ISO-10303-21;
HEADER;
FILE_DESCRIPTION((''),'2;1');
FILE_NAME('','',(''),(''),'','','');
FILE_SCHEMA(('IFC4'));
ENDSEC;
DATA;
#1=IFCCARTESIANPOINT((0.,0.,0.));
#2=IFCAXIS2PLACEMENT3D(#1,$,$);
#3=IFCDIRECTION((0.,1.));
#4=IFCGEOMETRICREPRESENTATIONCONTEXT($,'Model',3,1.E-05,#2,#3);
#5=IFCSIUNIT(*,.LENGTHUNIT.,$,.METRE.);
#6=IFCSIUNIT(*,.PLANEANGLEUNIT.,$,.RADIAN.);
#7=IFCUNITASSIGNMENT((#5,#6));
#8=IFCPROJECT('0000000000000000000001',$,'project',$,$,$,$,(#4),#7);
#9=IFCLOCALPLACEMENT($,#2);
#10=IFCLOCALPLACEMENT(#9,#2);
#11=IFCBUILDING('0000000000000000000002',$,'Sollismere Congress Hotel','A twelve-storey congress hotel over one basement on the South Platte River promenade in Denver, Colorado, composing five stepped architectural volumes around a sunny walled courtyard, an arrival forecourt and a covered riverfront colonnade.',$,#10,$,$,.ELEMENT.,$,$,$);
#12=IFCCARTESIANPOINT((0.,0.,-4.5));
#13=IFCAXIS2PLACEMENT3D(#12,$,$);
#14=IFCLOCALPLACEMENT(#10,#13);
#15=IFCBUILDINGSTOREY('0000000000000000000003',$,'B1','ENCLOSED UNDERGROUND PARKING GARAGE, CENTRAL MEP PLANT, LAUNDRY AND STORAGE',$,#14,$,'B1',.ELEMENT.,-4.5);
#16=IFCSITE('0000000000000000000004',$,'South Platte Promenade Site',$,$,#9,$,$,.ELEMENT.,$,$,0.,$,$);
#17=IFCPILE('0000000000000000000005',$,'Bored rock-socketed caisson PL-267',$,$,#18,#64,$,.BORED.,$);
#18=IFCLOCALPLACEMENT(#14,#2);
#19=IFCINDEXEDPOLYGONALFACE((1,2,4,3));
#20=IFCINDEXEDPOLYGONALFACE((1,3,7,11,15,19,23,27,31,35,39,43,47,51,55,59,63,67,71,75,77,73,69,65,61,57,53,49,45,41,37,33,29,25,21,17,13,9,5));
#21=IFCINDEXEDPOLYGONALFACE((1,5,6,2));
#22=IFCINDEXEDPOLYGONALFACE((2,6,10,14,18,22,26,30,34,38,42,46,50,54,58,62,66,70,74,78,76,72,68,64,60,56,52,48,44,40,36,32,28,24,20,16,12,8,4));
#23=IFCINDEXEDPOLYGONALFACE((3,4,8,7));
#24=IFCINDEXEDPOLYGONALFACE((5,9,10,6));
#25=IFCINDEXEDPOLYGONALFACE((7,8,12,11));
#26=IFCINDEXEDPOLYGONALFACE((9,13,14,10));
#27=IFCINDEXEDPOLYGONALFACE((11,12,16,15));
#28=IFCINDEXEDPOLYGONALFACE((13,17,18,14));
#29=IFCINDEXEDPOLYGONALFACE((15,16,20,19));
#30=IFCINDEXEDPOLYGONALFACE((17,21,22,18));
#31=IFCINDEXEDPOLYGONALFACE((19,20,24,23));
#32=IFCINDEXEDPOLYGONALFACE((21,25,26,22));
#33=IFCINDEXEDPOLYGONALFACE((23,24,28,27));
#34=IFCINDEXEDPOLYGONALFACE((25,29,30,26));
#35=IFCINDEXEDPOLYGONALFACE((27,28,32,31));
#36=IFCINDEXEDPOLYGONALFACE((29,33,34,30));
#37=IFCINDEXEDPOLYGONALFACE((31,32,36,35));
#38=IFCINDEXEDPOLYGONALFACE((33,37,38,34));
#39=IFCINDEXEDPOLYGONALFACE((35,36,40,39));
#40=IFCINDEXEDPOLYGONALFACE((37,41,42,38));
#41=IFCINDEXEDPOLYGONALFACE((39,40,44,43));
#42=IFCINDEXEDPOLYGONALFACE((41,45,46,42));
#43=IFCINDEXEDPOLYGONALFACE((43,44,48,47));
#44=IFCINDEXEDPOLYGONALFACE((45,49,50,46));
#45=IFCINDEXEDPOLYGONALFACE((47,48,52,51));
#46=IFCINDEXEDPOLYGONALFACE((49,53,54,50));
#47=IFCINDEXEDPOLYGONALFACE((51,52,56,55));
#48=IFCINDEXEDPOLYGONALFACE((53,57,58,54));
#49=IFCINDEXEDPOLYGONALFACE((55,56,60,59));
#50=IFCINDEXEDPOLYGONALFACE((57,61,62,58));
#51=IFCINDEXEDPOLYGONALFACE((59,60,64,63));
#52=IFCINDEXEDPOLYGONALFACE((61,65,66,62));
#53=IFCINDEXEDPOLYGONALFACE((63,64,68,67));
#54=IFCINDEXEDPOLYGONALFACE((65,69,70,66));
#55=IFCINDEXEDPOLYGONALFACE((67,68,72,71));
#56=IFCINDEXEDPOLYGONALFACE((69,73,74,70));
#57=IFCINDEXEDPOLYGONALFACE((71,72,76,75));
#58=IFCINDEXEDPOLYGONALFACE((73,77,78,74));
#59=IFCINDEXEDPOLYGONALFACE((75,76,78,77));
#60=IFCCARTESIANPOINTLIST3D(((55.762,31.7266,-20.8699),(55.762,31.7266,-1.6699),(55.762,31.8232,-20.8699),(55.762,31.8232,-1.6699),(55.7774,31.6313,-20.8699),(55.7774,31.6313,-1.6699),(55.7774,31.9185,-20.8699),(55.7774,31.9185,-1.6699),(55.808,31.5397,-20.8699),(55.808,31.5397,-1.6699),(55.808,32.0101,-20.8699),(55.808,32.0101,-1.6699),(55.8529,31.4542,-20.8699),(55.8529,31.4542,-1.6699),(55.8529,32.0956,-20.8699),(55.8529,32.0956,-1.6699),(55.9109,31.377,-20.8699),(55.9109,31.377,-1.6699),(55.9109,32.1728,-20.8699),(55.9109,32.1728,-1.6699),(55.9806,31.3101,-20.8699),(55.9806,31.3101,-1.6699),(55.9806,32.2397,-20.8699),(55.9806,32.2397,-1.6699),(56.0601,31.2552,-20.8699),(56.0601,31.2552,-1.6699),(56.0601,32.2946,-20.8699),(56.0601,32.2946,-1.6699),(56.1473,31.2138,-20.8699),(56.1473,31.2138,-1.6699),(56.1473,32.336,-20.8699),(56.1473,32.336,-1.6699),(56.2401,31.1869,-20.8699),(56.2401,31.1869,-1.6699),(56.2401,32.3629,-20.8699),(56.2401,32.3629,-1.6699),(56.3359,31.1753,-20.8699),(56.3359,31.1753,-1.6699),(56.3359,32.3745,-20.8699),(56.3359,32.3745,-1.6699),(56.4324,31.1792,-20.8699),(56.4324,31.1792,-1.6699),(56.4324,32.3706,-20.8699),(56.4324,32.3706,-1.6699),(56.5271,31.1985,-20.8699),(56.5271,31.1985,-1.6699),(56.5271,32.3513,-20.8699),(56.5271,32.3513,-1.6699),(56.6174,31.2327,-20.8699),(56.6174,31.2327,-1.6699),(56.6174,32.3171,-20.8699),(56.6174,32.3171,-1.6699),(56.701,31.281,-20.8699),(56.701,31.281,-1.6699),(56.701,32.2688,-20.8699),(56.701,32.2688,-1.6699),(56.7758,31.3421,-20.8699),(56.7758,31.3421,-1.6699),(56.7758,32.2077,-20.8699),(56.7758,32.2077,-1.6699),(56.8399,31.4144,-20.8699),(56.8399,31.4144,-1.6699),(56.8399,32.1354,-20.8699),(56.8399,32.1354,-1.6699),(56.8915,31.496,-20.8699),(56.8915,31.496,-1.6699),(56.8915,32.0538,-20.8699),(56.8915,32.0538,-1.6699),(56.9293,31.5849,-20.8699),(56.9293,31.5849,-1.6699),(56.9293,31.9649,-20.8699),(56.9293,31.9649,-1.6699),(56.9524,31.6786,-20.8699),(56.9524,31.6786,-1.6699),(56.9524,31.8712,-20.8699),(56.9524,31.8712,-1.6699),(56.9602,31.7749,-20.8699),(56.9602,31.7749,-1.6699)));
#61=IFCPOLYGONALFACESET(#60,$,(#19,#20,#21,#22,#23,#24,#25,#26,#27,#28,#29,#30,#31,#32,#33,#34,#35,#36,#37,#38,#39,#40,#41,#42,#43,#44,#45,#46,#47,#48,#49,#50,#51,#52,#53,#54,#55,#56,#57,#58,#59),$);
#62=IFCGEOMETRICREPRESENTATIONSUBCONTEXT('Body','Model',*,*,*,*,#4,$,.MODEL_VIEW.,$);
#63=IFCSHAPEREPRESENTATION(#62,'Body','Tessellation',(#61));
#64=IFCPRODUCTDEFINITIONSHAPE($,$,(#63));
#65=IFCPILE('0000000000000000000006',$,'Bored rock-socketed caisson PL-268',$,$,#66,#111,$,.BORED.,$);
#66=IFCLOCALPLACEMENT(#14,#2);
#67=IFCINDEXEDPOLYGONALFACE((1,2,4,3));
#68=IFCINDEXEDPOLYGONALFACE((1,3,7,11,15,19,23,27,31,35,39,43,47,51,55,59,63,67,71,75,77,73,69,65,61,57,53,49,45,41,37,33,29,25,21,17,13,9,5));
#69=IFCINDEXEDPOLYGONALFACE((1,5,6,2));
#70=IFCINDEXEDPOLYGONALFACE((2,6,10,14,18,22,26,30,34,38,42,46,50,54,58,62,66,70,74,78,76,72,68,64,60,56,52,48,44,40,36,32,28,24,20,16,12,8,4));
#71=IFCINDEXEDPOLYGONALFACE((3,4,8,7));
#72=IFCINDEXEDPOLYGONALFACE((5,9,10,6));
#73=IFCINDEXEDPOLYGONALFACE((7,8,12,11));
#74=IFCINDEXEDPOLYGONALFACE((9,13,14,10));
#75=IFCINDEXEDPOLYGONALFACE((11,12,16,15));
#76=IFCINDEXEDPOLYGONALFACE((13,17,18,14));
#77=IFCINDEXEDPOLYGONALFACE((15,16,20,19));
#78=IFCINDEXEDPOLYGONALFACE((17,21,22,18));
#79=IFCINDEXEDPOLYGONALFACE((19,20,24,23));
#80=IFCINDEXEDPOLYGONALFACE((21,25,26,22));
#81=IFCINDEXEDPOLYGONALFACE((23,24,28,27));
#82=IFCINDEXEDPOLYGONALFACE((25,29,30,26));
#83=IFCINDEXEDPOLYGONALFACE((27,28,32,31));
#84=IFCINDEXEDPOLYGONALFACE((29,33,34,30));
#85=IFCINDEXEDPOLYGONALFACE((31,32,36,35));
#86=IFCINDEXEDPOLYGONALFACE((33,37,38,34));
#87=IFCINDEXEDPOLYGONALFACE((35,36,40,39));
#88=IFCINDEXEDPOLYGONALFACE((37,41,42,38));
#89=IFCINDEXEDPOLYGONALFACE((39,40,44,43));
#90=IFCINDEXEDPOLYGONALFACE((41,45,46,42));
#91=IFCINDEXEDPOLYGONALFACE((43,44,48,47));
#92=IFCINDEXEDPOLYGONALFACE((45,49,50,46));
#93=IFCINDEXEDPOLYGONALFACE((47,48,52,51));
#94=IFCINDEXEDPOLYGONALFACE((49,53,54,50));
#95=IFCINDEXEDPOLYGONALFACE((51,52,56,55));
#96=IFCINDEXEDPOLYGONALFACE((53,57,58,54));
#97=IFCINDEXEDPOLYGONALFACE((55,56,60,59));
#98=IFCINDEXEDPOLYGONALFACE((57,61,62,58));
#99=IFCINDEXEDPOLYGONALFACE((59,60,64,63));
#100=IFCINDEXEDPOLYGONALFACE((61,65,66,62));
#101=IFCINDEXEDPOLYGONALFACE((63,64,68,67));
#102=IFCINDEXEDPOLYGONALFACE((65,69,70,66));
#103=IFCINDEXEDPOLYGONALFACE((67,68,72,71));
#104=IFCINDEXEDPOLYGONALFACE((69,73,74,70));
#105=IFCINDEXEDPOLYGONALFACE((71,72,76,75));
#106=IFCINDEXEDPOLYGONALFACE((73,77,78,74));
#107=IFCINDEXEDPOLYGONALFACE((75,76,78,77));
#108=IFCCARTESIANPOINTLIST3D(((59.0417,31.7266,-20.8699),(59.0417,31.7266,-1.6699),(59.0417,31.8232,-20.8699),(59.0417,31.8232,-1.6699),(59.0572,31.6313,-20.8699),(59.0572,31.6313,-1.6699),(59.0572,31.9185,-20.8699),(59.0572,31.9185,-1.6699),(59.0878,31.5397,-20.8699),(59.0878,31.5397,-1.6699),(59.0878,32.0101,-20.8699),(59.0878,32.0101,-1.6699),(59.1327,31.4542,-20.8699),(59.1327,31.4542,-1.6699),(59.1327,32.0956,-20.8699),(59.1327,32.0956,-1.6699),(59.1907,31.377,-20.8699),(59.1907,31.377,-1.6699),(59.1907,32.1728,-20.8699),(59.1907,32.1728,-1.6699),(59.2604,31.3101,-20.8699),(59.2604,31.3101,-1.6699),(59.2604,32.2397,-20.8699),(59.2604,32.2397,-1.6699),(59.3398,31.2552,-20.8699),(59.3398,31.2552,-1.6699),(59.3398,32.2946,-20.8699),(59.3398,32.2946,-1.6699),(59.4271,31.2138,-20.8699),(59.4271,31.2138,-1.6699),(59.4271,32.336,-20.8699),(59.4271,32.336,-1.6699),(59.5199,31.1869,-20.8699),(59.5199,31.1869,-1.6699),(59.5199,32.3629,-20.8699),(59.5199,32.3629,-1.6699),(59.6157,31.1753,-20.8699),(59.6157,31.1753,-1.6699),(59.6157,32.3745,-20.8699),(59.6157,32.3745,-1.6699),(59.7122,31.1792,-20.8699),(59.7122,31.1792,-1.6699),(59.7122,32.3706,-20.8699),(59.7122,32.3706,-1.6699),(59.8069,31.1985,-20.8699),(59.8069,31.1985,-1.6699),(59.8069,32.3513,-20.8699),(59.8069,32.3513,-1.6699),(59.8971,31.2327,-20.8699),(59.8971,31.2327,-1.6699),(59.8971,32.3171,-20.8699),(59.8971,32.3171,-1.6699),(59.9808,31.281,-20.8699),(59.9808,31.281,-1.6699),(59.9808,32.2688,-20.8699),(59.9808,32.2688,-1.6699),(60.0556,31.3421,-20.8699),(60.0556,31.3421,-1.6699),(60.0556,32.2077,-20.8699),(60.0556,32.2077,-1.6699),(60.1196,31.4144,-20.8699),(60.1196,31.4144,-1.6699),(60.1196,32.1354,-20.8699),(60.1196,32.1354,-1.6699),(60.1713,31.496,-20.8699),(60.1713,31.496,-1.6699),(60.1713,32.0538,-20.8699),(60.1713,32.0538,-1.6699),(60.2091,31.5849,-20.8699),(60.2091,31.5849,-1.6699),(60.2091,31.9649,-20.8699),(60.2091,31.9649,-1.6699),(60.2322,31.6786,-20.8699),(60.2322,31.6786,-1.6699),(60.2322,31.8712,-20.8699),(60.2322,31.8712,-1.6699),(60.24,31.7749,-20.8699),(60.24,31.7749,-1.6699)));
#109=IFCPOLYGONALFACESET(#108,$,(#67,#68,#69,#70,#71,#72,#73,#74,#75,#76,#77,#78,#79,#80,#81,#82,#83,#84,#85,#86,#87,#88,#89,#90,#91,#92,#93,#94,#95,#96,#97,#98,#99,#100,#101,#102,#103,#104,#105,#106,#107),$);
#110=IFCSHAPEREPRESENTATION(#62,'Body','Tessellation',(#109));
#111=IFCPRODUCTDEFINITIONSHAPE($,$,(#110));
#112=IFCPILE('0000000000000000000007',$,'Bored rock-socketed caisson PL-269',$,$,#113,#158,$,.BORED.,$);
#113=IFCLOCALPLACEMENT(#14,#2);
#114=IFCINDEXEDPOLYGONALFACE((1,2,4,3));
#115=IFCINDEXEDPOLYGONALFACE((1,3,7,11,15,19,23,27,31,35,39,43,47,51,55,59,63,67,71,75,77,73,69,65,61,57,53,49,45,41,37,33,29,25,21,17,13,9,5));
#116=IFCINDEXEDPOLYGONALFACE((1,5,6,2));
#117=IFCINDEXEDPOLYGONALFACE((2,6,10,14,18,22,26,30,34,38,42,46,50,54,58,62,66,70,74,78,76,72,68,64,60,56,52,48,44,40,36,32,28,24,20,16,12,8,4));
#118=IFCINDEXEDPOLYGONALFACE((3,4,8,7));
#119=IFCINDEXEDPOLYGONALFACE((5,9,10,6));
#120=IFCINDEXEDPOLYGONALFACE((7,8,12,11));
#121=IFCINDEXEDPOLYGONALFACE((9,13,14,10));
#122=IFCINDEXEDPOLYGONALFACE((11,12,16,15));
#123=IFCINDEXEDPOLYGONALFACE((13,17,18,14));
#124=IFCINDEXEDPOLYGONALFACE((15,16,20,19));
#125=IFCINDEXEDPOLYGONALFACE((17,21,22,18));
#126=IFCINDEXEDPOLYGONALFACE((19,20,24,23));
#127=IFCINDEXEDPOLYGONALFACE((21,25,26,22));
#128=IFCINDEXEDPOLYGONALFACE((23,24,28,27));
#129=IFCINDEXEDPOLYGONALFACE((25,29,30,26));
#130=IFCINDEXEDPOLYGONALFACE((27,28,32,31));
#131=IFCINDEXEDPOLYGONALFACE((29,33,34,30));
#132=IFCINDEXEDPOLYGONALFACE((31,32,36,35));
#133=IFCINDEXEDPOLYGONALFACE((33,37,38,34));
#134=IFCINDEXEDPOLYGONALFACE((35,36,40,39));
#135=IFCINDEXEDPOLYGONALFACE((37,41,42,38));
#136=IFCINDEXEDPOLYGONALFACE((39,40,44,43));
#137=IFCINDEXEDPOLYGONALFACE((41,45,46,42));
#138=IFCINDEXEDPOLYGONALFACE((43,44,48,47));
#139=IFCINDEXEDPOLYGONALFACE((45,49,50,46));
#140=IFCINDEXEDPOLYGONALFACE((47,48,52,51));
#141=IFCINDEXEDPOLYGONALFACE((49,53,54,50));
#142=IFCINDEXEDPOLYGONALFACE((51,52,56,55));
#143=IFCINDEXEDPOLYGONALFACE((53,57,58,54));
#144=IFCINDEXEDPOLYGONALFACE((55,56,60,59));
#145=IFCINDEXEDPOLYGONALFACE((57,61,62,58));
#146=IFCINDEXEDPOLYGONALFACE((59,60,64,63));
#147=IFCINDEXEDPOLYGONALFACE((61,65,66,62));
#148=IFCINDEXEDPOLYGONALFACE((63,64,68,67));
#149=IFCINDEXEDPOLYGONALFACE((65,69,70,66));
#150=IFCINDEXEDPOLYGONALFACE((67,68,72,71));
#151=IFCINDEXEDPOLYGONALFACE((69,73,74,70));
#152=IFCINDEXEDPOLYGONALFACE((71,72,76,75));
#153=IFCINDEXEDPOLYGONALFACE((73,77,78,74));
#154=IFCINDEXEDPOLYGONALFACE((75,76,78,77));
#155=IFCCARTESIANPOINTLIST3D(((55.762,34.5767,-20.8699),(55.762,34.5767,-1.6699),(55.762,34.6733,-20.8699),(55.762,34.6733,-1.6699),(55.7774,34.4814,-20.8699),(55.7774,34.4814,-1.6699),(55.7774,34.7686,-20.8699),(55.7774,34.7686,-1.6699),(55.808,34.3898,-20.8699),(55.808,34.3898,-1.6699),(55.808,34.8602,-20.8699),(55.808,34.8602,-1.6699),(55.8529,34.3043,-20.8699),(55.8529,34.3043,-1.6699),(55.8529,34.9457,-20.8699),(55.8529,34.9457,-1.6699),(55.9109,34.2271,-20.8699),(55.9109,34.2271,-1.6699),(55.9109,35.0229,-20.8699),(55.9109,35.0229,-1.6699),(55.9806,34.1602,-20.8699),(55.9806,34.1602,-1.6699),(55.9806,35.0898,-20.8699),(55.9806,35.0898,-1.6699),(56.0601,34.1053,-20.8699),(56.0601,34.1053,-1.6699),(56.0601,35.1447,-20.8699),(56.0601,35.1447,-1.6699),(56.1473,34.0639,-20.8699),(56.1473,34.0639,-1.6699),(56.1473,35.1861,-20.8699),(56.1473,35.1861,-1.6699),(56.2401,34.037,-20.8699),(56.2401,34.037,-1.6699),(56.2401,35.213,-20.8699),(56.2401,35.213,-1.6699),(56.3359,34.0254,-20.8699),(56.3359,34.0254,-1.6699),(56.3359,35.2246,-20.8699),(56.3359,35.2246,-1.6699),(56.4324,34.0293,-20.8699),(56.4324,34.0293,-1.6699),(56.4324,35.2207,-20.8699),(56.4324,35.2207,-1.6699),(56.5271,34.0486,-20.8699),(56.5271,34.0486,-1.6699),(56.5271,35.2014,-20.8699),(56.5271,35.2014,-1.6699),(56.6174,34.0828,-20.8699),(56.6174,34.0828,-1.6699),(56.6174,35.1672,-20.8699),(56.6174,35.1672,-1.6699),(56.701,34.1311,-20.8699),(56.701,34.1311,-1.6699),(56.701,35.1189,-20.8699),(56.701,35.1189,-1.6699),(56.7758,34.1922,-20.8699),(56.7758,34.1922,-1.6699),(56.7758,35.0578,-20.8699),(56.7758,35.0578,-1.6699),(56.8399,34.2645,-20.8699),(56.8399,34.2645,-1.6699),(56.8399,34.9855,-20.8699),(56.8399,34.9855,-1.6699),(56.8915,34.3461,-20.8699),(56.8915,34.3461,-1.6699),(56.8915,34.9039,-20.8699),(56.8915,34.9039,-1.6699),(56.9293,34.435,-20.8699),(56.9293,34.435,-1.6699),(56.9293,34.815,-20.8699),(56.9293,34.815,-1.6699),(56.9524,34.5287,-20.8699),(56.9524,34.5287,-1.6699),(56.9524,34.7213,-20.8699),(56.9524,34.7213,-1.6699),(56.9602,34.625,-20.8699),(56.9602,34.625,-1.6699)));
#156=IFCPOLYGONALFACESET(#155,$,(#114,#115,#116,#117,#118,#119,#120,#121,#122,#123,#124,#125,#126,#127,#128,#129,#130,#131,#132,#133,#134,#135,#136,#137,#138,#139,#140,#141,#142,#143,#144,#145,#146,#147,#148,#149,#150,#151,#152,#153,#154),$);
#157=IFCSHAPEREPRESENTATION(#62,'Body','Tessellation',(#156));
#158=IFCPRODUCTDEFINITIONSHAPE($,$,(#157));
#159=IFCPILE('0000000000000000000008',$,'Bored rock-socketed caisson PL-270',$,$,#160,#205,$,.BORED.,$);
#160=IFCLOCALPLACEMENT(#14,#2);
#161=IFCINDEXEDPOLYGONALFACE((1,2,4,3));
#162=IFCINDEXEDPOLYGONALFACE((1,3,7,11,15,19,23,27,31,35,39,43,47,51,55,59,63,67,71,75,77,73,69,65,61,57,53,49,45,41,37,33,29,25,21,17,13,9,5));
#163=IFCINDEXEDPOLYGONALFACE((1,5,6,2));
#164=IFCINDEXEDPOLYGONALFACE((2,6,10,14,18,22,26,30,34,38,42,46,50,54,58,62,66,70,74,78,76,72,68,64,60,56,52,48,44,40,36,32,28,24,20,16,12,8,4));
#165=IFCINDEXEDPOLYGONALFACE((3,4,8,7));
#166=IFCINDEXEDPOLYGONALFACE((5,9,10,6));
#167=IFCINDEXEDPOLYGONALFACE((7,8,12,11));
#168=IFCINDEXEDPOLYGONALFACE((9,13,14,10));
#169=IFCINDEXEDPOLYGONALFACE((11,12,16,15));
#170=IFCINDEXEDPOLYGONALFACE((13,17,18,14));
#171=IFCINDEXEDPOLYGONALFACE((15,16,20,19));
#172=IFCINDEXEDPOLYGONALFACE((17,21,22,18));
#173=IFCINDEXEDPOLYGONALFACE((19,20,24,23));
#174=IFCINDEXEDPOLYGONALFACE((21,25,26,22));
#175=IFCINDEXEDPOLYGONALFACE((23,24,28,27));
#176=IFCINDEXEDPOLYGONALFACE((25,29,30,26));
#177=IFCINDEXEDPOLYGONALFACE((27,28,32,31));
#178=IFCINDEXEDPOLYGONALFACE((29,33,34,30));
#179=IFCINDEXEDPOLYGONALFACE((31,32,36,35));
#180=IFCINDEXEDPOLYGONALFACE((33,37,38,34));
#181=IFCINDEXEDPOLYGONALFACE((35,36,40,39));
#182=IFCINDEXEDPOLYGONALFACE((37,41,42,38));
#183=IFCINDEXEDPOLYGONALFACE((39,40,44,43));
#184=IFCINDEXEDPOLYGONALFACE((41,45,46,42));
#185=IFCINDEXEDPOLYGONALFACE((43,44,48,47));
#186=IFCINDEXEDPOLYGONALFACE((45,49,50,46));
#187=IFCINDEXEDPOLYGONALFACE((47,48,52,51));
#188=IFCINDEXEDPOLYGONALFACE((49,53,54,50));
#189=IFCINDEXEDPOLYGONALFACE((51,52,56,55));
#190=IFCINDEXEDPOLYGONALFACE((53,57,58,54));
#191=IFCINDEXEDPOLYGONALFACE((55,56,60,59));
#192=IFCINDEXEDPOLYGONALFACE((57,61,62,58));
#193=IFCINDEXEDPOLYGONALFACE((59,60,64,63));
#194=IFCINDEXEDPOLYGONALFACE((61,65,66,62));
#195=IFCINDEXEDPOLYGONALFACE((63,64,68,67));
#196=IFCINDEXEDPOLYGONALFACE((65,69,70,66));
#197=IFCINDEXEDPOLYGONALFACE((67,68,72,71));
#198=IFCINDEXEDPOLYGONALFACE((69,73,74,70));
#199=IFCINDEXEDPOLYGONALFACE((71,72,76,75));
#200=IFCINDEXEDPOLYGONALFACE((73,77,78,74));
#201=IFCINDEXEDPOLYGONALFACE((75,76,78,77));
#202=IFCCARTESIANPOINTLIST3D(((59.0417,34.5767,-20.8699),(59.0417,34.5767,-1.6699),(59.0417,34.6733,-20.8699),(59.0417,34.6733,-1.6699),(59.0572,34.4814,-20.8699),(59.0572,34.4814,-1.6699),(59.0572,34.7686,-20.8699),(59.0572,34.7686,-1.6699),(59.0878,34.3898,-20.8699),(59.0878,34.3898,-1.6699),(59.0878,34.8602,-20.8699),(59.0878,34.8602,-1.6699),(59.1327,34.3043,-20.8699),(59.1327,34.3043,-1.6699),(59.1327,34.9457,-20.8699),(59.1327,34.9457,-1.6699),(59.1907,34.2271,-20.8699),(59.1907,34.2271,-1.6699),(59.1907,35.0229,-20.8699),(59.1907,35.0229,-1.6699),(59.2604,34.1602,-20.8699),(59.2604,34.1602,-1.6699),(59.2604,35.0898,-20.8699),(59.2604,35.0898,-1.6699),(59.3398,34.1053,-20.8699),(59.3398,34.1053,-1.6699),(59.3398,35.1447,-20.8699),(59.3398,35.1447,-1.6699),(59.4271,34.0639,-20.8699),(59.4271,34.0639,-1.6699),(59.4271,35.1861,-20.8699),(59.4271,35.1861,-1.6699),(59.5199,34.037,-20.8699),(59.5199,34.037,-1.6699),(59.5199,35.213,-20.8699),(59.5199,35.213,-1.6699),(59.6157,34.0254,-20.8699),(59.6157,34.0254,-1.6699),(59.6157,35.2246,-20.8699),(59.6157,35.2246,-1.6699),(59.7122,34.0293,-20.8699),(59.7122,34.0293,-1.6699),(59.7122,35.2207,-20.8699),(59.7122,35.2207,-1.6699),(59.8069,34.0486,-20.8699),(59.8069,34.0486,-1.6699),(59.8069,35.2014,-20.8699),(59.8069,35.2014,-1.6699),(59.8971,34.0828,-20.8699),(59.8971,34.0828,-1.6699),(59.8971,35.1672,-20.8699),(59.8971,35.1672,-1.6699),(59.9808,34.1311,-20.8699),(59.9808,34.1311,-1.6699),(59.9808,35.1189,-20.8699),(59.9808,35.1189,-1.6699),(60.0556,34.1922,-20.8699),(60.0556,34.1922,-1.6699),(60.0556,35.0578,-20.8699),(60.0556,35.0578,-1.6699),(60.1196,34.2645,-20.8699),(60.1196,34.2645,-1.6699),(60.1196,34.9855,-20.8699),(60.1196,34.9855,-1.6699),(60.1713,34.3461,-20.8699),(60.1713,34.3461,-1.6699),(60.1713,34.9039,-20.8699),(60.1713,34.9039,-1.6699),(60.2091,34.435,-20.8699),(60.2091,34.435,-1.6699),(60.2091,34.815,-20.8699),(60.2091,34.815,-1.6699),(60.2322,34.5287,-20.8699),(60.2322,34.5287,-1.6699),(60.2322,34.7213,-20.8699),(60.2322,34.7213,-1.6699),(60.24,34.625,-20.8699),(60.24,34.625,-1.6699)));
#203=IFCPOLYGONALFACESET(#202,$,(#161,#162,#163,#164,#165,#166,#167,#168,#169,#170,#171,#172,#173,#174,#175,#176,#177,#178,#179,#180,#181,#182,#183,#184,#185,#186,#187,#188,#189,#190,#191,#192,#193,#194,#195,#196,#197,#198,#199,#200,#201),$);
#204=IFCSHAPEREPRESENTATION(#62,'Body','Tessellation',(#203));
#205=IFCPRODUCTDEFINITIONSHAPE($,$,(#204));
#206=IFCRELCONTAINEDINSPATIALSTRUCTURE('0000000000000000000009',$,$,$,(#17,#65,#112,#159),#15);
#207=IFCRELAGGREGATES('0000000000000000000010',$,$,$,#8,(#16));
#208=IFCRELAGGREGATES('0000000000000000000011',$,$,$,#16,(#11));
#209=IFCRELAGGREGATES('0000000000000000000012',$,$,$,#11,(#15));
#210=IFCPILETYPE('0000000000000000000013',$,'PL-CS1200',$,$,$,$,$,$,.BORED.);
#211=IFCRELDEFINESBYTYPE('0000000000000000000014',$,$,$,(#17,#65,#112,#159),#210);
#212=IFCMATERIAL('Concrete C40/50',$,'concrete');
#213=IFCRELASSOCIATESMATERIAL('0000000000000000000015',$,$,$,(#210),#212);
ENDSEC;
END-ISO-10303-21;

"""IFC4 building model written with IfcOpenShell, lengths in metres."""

from ifc_helpers import new_model, si_unit, direction, frame, origin, origin_2d, place, context, subcontext, project, spatial, circle, extrude, material, material_profile, profile_set, type_object, element, save


model = new_model("IFC4")

# Units and contexts
model_context = context("Model", 3, precision=1e-05, world=origin(), true_north=direction((0.0, 1.0)))
body_context = subcontext(model_context, "Body", "Model", "MODEL_VIEW")
ifc_project = project(units=[si_unit("LENGTHUNIT", "METRE"), si_unit("PLANEANGLEUNIT", "RADIAN")], contexts=[model_context])

# Site, building, storey
site_placement = place(None, origin())
site = spatial("IfcSite", under=ifc_project, at=site_placement, Name="South Platte Promenade Site", CompositionType="ELEMENT", RefElevation=0.0)
building_placement = place(site_placement, origin())
building = spatial("IfcBuilding", under=site, at=building_placement, Name="Sollismere Congress Hotel", Description="A twelve-storey congress hotel over one basement on the South Platte River promenade in Denver, Colorado, composing five stepped architectural volumes around a sunny walled courtyard, an arrival forecourt and a covered riverfront colonnade.", CompositionType="ELEMENT")
storey_placement = place(building_placement, frame((0.0, 0.0, -4.5)))
storey = spatial("IfcBuildingStorey", under=building, at=storey_placement, Name="B1", Description="ENCLOSED UNDERGROUND PARKING GARAGE, CENTRAL MEP PLANT, LAUNDRY AND STORAGE", LongName="B1", CompositionType="ELEMENT", Elevation=-4.5)

# Shared definitions
ifc_material_1 = material(Name="Concrete C40/50", Category="concrete")

# Piles
ifc_material_profile_1 = material_profile(ifc_material_1, circle(Radius=0.6001, at=origin_2d()), Name="CAISSON1200")
ifc_profile_set_1 = profile_set([ifc_material_profile_1], Name="Concrete C40/50")
pile_type = type_object("IfcPileType", Name="PL-CS1200", PredefinedType="BORED", material=ifc_profile_set_1)
for number, where, z_axis, x_axis, name in (
    (1, (56.3601, 31.7749, -1.6699), (0.0, 0.0, -1.0), (1.0, 0.0, 0.0), "Bored rock-socketed caisson PL-267"),
    (2, (59.6399, 31.7749, -1.6699), (0.0, 0.0, -1.0), (1.0, 0.0, 0.0), "Bored rock-socketed caisson PL-268"),
    (3, (56.3601, 34.625, -1.6699), (0.0, 0.0, -1.0), (1.0, 0.0, 0.0), "Bored rock-socketed caisson PL-269"),
    (4, (59.6399, 34.625, -1.6699), (0.0, 0.0, -1.0), (1.0, 0.0, 0.0), "Bored rock-socketed caisson PL-270"),
):
    element("IfcPile", number, at=place(storey_placement, frame(where, z_axis=z_axis, x_axis=x_axis)), inside=storey, type_object=pile_type, Name=name, PredefinedType="BORED", context=body_context, shape_type="SweptSolid", body=[
        extrude(circle(Radius=0.6001, at=origin_2d()), origin(), (0.0, 0.0, 1.0), 19.2),
    ])

save(model, "model.ifc")
